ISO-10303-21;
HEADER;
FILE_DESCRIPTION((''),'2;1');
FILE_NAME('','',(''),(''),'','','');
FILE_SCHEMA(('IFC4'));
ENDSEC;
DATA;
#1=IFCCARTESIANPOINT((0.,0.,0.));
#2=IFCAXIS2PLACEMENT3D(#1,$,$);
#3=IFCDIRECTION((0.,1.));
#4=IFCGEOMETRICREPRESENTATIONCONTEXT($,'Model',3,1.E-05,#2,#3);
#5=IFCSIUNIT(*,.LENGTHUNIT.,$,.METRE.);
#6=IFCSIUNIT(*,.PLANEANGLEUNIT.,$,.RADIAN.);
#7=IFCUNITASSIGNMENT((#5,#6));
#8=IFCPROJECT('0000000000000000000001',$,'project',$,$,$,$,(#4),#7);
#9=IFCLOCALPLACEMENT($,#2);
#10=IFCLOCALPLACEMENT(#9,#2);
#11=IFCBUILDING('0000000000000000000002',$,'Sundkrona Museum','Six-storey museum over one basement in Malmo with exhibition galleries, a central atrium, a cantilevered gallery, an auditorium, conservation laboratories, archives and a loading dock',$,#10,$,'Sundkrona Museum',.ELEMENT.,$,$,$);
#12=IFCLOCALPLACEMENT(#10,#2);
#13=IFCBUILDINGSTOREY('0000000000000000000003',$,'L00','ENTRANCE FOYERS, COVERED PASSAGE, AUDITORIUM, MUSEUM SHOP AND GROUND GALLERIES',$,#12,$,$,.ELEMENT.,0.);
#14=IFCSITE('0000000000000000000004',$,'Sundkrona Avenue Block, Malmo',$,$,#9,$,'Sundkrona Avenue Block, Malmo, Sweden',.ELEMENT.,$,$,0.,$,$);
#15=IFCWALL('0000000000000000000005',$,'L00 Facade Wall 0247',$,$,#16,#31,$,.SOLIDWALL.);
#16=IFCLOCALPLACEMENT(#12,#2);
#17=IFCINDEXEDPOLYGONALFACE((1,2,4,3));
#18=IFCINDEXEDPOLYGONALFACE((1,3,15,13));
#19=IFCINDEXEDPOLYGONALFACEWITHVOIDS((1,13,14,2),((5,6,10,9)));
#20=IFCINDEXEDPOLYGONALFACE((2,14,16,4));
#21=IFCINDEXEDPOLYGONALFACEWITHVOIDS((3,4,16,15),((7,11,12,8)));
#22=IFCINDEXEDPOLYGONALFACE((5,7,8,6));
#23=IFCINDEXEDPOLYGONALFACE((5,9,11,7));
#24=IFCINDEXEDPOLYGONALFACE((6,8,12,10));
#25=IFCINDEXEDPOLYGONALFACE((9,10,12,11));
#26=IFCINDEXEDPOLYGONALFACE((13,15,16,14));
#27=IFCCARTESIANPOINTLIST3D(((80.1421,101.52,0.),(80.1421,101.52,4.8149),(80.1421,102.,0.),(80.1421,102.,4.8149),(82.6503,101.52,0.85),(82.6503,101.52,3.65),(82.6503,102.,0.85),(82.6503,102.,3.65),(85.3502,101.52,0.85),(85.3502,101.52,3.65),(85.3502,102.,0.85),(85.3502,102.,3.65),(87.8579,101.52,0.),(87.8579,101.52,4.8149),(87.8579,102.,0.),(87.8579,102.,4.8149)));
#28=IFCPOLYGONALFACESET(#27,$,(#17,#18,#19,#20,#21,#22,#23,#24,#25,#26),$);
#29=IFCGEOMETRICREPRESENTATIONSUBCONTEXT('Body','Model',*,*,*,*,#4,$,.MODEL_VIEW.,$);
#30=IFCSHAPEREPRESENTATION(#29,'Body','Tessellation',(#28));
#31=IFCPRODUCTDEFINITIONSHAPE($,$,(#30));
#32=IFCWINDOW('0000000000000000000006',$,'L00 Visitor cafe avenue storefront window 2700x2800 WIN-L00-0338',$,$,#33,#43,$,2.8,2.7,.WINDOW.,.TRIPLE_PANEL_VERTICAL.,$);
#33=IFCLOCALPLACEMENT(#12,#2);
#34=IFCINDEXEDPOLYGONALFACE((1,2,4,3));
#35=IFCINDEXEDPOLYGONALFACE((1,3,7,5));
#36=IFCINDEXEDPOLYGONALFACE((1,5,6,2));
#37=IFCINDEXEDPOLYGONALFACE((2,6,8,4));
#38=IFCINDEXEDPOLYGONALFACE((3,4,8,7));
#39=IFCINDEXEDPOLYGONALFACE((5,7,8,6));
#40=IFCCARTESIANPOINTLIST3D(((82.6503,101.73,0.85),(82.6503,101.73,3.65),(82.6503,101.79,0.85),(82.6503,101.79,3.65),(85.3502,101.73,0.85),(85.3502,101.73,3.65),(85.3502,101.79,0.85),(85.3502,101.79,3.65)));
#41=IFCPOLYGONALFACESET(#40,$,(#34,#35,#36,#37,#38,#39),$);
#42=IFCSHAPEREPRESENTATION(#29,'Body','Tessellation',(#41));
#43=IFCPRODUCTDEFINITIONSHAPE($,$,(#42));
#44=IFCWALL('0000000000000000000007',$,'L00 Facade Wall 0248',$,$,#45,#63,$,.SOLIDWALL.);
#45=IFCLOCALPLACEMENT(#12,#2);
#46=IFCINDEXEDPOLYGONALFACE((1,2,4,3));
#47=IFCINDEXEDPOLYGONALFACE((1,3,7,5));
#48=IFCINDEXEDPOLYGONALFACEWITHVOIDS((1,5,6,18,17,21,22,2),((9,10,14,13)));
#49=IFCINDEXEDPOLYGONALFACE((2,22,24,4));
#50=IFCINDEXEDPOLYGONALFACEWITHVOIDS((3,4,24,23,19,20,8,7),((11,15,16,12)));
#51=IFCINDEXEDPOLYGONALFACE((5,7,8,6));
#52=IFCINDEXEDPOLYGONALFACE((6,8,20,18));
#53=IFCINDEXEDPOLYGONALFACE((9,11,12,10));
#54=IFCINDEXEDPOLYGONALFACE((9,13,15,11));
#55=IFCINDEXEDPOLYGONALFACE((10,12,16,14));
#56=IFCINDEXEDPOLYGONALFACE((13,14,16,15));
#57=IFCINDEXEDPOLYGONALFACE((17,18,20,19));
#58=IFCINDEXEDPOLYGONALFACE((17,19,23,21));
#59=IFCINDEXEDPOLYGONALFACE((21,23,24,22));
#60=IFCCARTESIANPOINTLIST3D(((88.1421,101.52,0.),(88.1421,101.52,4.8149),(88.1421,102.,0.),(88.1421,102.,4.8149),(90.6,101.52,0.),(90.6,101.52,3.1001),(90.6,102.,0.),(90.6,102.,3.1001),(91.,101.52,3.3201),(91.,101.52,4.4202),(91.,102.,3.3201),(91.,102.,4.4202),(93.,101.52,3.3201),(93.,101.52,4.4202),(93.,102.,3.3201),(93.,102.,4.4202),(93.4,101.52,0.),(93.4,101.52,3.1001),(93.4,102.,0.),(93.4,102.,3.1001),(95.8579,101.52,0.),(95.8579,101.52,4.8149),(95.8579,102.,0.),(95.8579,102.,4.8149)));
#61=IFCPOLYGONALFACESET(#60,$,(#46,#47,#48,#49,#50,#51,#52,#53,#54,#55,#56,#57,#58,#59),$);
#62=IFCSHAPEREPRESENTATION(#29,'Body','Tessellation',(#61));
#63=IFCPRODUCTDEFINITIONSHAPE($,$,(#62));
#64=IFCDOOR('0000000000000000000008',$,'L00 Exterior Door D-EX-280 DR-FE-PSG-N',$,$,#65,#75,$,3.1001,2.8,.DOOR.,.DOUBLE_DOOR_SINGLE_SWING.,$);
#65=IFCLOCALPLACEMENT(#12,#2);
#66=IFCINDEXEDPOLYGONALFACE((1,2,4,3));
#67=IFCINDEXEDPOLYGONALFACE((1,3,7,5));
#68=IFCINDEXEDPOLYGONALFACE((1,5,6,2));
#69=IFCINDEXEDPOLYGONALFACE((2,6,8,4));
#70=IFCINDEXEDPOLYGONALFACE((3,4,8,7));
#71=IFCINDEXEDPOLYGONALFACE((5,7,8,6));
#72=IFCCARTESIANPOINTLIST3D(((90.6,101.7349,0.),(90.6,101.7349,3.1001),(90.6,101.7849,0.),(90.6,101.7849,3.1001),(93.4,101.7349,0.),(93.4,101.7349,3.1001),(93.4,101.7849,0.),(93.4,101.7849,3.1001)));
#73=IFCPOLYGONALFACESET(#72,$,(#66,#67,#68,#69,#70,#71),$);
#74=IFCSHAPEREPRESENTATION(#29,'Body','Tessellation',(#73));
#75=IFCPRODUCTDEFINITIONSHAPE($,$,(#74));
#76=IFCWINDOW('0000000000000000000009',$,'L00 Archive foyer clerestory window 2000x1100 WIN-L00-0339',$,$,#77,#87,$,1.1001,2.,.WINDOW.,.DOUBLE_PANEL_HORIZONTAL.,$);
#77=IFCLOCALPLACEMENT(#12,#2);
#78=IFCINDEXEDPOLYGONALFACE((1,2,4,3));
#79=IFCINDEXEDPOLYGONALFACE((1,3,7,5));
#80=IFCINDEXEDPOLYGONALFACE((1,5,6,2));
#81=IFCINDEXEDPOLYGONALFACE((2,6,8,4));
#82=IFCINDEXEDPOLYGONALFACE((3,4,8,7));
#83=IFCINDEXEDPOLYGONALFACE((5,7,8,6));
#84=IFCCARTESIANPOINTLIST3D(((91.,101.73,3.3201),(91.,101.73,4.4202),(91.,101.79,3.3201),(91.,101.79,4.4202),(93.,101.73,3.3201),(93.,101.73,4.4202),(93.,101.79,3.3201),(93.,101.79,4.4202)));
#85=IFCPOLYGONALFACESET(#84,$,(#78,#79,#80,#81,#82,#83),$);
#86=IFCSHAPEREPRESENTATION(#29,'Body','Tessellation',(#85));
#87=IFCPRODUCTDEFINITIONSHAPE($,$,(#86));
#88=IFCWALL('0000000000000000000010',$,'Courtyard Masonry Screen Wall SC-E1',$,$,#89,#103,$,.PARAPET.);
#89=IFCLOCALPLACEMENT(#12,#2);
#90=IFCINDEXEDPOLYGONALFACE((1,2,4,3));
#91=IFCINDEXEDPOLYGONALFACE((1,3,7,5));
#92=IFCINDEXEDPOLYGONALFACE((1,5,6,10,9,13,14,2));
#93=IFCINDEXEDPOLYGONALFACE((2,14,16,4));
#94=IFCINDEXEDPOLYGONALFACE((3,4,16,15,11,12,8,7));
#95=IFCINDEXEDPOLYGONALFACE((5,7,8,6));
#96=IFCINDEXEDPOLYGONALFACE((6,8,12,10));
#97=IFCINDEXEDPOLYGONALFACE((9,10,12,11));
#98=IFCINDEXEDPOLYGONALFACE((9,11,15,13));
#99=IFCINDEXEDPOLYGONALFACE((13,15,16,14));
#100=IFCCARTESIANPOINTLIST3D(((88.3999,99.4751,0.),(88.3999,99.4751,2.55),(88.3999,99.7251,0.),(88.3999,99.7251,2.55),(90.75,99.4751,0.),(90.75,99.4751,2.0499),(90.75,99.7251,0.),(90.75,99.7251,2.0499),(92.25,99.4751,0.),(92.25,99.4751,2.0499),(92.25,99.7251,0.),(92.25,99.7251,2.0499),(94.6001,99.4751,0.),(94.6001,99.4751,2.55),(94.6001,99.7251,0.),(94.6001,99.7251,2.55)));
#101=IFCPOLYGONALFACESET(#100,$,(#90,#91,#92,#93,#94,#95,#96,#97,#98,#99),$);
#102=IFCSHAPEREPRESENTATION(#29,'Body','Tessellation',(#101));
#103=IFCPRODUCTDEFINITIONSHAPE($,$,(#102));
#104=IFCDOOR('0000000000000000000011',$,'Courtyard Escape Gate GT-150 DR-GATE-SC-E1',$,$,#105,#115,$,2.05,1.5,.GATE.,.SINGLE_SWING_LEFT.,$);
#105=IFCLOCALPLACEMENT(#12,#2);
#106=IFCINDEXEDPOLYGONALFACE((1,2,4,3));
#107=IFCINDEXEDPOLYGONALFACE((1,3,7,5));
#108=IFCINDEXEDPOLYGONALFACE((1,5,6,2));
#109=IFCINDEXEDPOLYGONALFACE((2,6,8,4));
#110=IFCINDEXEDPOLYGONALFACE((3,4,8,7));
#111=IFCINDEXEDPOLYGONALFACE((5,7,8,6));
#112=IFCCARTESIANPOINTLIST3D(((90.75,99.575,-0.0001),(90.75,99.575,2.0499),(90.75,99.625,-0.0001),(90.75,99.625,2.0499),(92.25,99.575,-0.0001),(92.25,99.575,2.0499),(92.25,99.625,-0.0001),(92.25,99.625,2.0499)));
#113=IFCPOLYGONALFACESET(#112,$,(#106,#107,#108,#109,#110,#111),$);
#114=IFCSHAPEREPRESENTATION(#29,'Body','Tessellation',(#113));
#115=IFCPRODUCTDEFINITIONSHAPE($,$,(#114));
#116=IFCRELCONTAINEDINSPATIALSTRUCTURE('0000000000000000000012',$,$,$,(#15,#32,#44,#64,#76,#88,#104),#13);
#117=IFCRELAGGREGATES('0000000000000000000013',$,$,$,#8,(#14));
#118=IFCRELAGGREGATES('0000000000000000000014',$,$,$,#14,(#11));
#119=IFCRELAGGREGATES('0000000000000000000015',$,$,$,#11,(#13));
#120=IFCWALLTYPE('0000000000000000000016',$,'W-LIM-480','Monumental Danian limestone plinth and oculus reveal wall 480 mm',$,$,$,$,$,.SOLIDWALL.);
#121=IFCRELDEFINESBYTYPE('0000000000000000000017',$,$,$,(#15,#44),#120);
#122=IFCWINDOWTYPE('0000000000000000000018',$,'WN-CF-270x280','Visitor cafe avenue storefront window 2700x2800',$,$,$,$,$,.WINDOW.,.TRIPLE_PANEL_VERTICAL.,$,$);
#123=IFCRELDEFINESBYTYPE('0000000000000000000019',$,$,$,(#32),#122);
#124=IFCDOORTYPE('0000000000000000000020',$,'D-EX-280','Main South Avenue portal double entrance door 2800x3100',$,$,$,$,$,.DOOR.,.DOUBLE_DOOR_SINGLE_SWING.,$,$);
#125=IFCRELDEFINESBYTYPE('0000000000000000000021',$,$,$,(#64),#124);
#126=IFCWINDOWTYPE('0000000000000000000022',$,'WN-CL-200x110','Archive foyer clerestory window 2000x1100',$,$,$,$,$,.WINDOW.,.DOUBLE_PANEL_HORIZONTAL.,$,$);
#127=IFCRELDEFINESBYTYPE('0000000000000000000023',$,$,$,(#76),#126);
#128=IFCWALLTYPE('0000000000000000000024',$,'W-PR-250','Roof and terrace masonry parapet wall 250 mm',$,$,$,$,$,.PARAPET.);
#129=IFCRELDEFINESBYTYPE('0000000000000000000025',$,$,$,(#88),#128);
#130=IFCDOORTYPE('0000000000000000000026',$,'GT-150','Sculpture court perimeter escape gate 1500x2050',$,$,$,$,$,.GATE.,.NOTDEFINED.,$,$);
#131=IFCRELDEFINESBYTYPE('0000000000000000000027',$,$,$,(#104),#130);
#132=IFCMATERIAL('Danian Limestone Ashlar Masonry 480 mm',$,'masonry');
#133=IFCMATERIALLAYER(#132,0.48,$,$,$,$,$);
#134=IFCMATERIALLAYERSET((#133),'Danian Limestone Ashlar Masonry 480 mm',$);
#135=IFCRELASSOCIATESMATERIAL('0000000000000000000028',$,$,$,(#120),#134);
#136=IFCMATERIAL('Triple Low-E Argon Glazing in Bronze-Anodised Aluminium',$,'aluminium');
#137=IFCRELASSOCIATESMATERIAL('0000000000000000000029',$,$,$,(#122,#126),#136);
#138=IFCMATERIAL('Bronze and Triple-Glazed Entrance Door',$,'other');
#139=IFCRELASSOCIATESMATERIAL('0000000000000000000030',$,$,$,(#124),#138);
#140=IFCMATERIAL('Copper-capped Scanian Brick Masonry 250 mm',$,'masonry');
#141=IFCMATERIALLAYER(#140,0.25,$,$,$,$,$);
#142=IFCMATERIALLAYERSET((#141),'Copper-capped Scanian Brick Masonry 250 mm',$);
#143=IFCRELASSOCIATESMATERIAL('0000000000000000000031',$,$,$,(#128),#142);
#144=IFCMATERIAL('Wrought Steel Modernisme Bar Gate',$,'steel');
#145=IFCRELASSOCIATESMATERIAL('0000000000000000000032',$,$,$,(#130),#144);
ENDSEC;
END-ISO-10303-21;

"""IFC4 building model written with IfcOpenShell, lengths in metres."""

from ifc_helpers import new_model, si_unit, direction, frame, frame_2d, origin, place, context, subcontext, project, spatial, rectangle, extrude, material, layer, layer_set, type_object, element, fill, save


model = new_model("IFC4")

# Units and contexts
model_context = context("Model", 3, precision=1e-05, world=origin(), true_north=direction((0.0, 1.0)))
body_context = subcontext(model_context, "Body", "Model", "MODEL_VIEW")
ifc_project = project(units=[si_unit("LENGTHUNIT", "METRE"), si_unit("PLANEANGLEUNIT", "RADIAN")], contexts=[model_context])

# Site, building, storey
site_placement = place(None, origin())
site = spatial("IfcSite", under=ifc_project, at=site_placement, Name="Sundkrona Avenue Block, Malmo", LongName="Sundkrona Avenue Block, Malmo, Sweden", CompositionType="ELEMENT", RefElevation=0.0)
building_placement = place(site_placement, origin())
building = spatial("IfcBuilding", under=site, at=building_placement, Name="Sundkrona Museum", Description="Six-storey museum over one basement in Malmo with exhibition galleries, a central atrium, a cantilevered gallery, an auditorium, conservation laboratories, archives and a loading dock", LongName="Sundkrona Museum", CompositionType="ELEMENT")
storey_placement = place(building_placement, origin())
storey = spatial("IfcBuildingStorey", under=building, at=storey_placement, Name="L00", Description="ENTRANCE FOYERS, COVERED PASSAGE, AUDITORIUM, MUSEUM SHOP AND GROUND GALLERIES", CompositionType="ELEMENT", Elevation=0.0)

# Wall, opening, window
ifc_material_1 = material(Name="Danian Limestone Ashlar Masonry 480 mm", Category="masonry")
ifc_layer_1 = layer(ifc_material_1, 0.48)
ifc_layer_set_1 = layer_set([ifc_layer_1], Name="Danian Limestone Ashlar Masonry 480 mm")
wall_type_1 = type_object("IfcWallType", Name="W-LIM-480", Description="Monumental Danian limestone plinth and oculus reveal wall 480 mm", PredefinedType="SOLIDWALL", material=ifc_layer_set_1)
wall_1_placement = place(storey_placement, frame((80.1421, 101.76, 0.0), z_axis=(0.0, 0.0, 1.0), x_axis=(1.0, 0.0, 0.0)))
wall_1 = element("IfcWall", 1, at=wall_1_placement, inside=storey, type_object=wall_type_1, Name="L00 Facade Wall 0247", PredefinedType="SOLIDWALL", context=body_context, shape_type="SweptSolid", body=[
    extrude(rectangle(XDim=7.7158, YDim=0.48, at=frame_2d((3.8579, 0.0))), origin(), (0.0, 0.0, 1.0), 4.8149),
])
opening_1_placement = place(wall_1_placement, frame((2.5081, 0.0, 0.8501)))
opening_1 = element("IfcOpeningElement", 2, at=opening_1_placement, cuts=wall_1, PredefinedType="OPENING", context=body_context, shape_type="SweptSolid", body=[
    extrude(rectangle(XDim=2.7, YDim=2.8, at=frame_2d((1.3501, 1.3999))), frame((0.0, 0.25, 0.0), z_axis=(0.0, -1.0, 0.0), x_axis=(1.0, 0.0, 0.0)), (0.0, 0.0, 1.0), 0.5),
])
ifc_material_2 = material(Name="Triple Low-E Argon Glazing in Bronze-Anodised Aluminium", Category="aluminium")
window_type_1 = type_object("IfcWindowType", Name="WN-CF-270x280", Description="Visitor cafe avenue storefront window 2700x2800", PartitioningType="TRIPLE_PANEL_VERTICAL", PredefinedType="WINDOW", material=ifc_material_2)
window_1_placement = place(opening_1_placement, origin())
window_1 = element("IfcWindow", 3, at=window_1_placement, inside=storey, type_object=window_type_1, Name="L00 Visitor cafe avenue storefront window 2700x2800 WIN-L00-0338", OverallHeight=2.8, OverallWidth=2.7, PartitioningType="TRIPLE_PANEL_VERTICAL", PredefinedType="WINDOW", context=body_context, shape_type="SweptSolid", body=[
    extrude(rectangle(XDim=2.7, YDim=2.8, at=frame_2d((1.3501, 1.3999))), frame((0.0, 0.03, 0.0), z_axis=(0.0, -1.0, 0.0), x_axis=(1.0, 0.0, 0.0)), (0.0, 0.0, 1.0), 0.0601),
])
fill(opening_1, window_1)

# Wall, openings, door, window
wall_2_placement = place(storey_placement, frame((88.1421, 101.76, 0.0), z_axis=(0.0, 0.0, 1.0), x_axis=(1.0, 0.0, 0.0)))
wall_2 = element("IfcWall", 4, at=wall_2_placement, inside=storey, type_object=wall_type_1, Name="L00 Facade Wall 0248", PredefinedType="SOLIDWALL", context=body_context, shape_type="SweptSolid", body=[
    extrude(rectangle(XDim=7.7158, YDim=0.48, at=frame_2d((3.8579, 0.0))), origin(), (0.0, 0.0, 1.0), 4.8149),
])
opening_2_placement = place(wall_2_placement, frame((2.458, 0.0, 0.0)))
opening_2 = element("IfcOpeningElement", 5, at=opening_2_placement, cuts=wall_2, PredefinedType="OPENING", context=body_context, shape_type="SweptSolid", body=[
    extrude(rectangle(XDim=2.8, YDim=3.1001, at=frame_2d((1.3999, 1.55))), frame((0.0, 0.25, 0.0), z_axis=(0.0, -1.0, 0.0), x_axis=(1.0, 0.0, 0.0)), (0.0, 0.0, 1.0), 0.5),
])
opening_3_placement = place(wall_2_placement, frame((2.8579, 0.0, 3.3201)))
opening_3 = element("IfcOpeningElement", 6, at=opening_3_placement, cuts=wall_2, PredefinedType="OPENING", context=body_context, shape_type="SweptSolid", body=[
    extrude(rectangle(XDim=2.0, YDim=1.1001, at=frame_2d((1.0, 0.55))), frame((0.0, 0.25, 0.0), z_axis=(0.0, -1.0, 0.0), x_axis=(1.0, 0.0, 0.0)), (0.0, 0.0, 1.0), 0.5),
])
ifc_material_3 = material(Name="Bronze and Triple-Glazed Entrance Door", Category="other")
door_type_1 = type_object("IfcDoorType", Name="D-EX-280", Description="Main South Avenue portal double entrance door 2800x3100", OperationType="DOUBLE_DOOR_SINGLE_SWING", PredefinedType="DOOR", material=ifc_material_3)
door_1_placement = place(opening_2_placement, origin())
door_1 = element("IfcDoor", 7, at=door_1_placement, inside=storey, type_object=door_type_1, Name="L00 Exterior Door D-EX-280 DR-FE-PSG-N", OperationType="DOUBLE_DOOR_SINGLE_SWING", OverallHeight=3.1001, OverallWidth=2.8, PredefinedType="DOOR", context=body_context, shape_type="SweptSolid", body=[
    extrude(rectangle(XDim=2.8, YDim=3.1001, at=frame_2d((1.3999, 1.55))), frame((0.0, 0.0249, 0.0), z_axis=(0.0, -1.0, 0.0), x_axis=(1.0, 0.0, 0.0)), (0.0, 0.0, 1.0), 0.05),
])
fill(opening_2, door_1)
window_type_2 = type_object("IfcWindowType", Name="WN-CL-200x110", Description="Archive foyer clerestory window 2000x1100", PartitioningType="DOUBLE_PANEL_HORIZONTAL", PredefinedType="WINDOW", material=ifc_material_2)
window_2_placement = place(opening_3_placement, origin())
window_2 = element("IfcWindow", 8, at=window_2_placement, inside=storey, type_object=window_type_2, Name="L00 Archive foyer clerestory window 2000x1100 WIN-L00-0339", OverallHeight=1.1001, OverallWidth=2.0, PartitioningType="DOUBLE_PANEL_HORIZONTAL", PredefinedType="WINDOW", context=body_context, shape_type="SweptSolid", body=[
    extrude(rectangle(XDim=2.0, YDim=1.1001, at=frame_2d((1.0, 0.55))), frame((0.0, 0.03, 0.0), z_axis=(0.0, -1.0, 0.0), x_axis=(1.0, 0.0, 0.0)), (0.0, 0.0, 1.0), 0.0601),
])
fill(opening_3, window_2)

# Wall, opening, door
ifc_material_4 = material(Name="Copper-capped Scanian Brick Masonry 250 mm", Category="masonry")
ifc_layer_2 = layer(ifc_material_4, 0.25)
ifc_layer_set_2 = layer_set([ifc_layer_2], Name="Copper-capped Scanian Brick Masonry 250 mm")
wall_type_2 = type_object("IfcWallType", Name="W-PR-250", Description="Roof and terrace masonry parapet wall 250 mm", PredefinedType="PARAPET", material=ifc_layer_set_2)
wall_3_placement = place(storey_placement, frame((88.3999, 99.6001, 0.0), z_axis=(0.0, 0.0, 1.0), x_axis=(1.0, 0.0, 0.0)))
wall_3 = element("IfcWall", 9, at=wall_3_placement, inside=storey, type_object=wall_type_2, Name="Courtyard Masonry Screen Wall SC-E1", PredefinedType="PARAPET", context=body_context, shape_type="SweptSolid", body=[
    extrude(rectangle(XDim=6.2002, YDim=0.25, at=frame_2d((3.1001, 0.0))), origin(), (0.0, 0.0, 1.0), 2.55),
])
opening_4_placement = place(wall_3_placement, frame((2.3501, 0.0, 0.0)))
opening_4 = element("IfcOpeningElement", 10, at=opening_4_placement, cuts=wall_3, PredefinedType="OPENING", context=body_context, shape_type="SweptSolid", body=[
    extrude(rectangle(XDim=1.5, YDim=2.05, at=frame_2d((0.75, 1.0249))), frame((0.0, 0.135, 0.0), z_axis=(0.0, -1.0, 0.0), x_axis=(1.0, 0.0, 0.0)), (0.0, 0.0, 1.0), 0.27),
])
ifc_material_5 = material(Name="Wrought Steel Modernisme Bar Gate", Category="steel")
door_type_2 = type_object("IfcDoorType", Name="GT-150", Description="Sculpture court perimeter escape gate 1500x2050", OperationType="NOTDEFINED", PredefinedType="GATE", material=ifc_material_5)
door_2_placement = place(opening_4_placement, origin())
door_2 = element("IfcDoor", 11, at=door_2_placement, inside=storey, type_object=door_type_2, Name="Courtyard Escape Gate GT-150 DR-GATE-SC-E1", OperationType="SINGLE_SWING_LEFT", OverallHeight=2.05, OverallWidth=1.5, PredefinedType="GATE", context=body_context, shape_type="SweptSolid", body=[
    extrude(rectangle(XDim=1.5, YDim=2.05, at=frame_2d((0.75, 1.0249))), frame((0.0, 0.0249, 0.0), z_axis=(0.0, -1.0, 0.0), x_axis=(1.0, 0.0, 0.0)), (0.0, 0.0, 1.0), 0.05),
])
fill(opening_4, door_2)

save(model, "model.ifc")
